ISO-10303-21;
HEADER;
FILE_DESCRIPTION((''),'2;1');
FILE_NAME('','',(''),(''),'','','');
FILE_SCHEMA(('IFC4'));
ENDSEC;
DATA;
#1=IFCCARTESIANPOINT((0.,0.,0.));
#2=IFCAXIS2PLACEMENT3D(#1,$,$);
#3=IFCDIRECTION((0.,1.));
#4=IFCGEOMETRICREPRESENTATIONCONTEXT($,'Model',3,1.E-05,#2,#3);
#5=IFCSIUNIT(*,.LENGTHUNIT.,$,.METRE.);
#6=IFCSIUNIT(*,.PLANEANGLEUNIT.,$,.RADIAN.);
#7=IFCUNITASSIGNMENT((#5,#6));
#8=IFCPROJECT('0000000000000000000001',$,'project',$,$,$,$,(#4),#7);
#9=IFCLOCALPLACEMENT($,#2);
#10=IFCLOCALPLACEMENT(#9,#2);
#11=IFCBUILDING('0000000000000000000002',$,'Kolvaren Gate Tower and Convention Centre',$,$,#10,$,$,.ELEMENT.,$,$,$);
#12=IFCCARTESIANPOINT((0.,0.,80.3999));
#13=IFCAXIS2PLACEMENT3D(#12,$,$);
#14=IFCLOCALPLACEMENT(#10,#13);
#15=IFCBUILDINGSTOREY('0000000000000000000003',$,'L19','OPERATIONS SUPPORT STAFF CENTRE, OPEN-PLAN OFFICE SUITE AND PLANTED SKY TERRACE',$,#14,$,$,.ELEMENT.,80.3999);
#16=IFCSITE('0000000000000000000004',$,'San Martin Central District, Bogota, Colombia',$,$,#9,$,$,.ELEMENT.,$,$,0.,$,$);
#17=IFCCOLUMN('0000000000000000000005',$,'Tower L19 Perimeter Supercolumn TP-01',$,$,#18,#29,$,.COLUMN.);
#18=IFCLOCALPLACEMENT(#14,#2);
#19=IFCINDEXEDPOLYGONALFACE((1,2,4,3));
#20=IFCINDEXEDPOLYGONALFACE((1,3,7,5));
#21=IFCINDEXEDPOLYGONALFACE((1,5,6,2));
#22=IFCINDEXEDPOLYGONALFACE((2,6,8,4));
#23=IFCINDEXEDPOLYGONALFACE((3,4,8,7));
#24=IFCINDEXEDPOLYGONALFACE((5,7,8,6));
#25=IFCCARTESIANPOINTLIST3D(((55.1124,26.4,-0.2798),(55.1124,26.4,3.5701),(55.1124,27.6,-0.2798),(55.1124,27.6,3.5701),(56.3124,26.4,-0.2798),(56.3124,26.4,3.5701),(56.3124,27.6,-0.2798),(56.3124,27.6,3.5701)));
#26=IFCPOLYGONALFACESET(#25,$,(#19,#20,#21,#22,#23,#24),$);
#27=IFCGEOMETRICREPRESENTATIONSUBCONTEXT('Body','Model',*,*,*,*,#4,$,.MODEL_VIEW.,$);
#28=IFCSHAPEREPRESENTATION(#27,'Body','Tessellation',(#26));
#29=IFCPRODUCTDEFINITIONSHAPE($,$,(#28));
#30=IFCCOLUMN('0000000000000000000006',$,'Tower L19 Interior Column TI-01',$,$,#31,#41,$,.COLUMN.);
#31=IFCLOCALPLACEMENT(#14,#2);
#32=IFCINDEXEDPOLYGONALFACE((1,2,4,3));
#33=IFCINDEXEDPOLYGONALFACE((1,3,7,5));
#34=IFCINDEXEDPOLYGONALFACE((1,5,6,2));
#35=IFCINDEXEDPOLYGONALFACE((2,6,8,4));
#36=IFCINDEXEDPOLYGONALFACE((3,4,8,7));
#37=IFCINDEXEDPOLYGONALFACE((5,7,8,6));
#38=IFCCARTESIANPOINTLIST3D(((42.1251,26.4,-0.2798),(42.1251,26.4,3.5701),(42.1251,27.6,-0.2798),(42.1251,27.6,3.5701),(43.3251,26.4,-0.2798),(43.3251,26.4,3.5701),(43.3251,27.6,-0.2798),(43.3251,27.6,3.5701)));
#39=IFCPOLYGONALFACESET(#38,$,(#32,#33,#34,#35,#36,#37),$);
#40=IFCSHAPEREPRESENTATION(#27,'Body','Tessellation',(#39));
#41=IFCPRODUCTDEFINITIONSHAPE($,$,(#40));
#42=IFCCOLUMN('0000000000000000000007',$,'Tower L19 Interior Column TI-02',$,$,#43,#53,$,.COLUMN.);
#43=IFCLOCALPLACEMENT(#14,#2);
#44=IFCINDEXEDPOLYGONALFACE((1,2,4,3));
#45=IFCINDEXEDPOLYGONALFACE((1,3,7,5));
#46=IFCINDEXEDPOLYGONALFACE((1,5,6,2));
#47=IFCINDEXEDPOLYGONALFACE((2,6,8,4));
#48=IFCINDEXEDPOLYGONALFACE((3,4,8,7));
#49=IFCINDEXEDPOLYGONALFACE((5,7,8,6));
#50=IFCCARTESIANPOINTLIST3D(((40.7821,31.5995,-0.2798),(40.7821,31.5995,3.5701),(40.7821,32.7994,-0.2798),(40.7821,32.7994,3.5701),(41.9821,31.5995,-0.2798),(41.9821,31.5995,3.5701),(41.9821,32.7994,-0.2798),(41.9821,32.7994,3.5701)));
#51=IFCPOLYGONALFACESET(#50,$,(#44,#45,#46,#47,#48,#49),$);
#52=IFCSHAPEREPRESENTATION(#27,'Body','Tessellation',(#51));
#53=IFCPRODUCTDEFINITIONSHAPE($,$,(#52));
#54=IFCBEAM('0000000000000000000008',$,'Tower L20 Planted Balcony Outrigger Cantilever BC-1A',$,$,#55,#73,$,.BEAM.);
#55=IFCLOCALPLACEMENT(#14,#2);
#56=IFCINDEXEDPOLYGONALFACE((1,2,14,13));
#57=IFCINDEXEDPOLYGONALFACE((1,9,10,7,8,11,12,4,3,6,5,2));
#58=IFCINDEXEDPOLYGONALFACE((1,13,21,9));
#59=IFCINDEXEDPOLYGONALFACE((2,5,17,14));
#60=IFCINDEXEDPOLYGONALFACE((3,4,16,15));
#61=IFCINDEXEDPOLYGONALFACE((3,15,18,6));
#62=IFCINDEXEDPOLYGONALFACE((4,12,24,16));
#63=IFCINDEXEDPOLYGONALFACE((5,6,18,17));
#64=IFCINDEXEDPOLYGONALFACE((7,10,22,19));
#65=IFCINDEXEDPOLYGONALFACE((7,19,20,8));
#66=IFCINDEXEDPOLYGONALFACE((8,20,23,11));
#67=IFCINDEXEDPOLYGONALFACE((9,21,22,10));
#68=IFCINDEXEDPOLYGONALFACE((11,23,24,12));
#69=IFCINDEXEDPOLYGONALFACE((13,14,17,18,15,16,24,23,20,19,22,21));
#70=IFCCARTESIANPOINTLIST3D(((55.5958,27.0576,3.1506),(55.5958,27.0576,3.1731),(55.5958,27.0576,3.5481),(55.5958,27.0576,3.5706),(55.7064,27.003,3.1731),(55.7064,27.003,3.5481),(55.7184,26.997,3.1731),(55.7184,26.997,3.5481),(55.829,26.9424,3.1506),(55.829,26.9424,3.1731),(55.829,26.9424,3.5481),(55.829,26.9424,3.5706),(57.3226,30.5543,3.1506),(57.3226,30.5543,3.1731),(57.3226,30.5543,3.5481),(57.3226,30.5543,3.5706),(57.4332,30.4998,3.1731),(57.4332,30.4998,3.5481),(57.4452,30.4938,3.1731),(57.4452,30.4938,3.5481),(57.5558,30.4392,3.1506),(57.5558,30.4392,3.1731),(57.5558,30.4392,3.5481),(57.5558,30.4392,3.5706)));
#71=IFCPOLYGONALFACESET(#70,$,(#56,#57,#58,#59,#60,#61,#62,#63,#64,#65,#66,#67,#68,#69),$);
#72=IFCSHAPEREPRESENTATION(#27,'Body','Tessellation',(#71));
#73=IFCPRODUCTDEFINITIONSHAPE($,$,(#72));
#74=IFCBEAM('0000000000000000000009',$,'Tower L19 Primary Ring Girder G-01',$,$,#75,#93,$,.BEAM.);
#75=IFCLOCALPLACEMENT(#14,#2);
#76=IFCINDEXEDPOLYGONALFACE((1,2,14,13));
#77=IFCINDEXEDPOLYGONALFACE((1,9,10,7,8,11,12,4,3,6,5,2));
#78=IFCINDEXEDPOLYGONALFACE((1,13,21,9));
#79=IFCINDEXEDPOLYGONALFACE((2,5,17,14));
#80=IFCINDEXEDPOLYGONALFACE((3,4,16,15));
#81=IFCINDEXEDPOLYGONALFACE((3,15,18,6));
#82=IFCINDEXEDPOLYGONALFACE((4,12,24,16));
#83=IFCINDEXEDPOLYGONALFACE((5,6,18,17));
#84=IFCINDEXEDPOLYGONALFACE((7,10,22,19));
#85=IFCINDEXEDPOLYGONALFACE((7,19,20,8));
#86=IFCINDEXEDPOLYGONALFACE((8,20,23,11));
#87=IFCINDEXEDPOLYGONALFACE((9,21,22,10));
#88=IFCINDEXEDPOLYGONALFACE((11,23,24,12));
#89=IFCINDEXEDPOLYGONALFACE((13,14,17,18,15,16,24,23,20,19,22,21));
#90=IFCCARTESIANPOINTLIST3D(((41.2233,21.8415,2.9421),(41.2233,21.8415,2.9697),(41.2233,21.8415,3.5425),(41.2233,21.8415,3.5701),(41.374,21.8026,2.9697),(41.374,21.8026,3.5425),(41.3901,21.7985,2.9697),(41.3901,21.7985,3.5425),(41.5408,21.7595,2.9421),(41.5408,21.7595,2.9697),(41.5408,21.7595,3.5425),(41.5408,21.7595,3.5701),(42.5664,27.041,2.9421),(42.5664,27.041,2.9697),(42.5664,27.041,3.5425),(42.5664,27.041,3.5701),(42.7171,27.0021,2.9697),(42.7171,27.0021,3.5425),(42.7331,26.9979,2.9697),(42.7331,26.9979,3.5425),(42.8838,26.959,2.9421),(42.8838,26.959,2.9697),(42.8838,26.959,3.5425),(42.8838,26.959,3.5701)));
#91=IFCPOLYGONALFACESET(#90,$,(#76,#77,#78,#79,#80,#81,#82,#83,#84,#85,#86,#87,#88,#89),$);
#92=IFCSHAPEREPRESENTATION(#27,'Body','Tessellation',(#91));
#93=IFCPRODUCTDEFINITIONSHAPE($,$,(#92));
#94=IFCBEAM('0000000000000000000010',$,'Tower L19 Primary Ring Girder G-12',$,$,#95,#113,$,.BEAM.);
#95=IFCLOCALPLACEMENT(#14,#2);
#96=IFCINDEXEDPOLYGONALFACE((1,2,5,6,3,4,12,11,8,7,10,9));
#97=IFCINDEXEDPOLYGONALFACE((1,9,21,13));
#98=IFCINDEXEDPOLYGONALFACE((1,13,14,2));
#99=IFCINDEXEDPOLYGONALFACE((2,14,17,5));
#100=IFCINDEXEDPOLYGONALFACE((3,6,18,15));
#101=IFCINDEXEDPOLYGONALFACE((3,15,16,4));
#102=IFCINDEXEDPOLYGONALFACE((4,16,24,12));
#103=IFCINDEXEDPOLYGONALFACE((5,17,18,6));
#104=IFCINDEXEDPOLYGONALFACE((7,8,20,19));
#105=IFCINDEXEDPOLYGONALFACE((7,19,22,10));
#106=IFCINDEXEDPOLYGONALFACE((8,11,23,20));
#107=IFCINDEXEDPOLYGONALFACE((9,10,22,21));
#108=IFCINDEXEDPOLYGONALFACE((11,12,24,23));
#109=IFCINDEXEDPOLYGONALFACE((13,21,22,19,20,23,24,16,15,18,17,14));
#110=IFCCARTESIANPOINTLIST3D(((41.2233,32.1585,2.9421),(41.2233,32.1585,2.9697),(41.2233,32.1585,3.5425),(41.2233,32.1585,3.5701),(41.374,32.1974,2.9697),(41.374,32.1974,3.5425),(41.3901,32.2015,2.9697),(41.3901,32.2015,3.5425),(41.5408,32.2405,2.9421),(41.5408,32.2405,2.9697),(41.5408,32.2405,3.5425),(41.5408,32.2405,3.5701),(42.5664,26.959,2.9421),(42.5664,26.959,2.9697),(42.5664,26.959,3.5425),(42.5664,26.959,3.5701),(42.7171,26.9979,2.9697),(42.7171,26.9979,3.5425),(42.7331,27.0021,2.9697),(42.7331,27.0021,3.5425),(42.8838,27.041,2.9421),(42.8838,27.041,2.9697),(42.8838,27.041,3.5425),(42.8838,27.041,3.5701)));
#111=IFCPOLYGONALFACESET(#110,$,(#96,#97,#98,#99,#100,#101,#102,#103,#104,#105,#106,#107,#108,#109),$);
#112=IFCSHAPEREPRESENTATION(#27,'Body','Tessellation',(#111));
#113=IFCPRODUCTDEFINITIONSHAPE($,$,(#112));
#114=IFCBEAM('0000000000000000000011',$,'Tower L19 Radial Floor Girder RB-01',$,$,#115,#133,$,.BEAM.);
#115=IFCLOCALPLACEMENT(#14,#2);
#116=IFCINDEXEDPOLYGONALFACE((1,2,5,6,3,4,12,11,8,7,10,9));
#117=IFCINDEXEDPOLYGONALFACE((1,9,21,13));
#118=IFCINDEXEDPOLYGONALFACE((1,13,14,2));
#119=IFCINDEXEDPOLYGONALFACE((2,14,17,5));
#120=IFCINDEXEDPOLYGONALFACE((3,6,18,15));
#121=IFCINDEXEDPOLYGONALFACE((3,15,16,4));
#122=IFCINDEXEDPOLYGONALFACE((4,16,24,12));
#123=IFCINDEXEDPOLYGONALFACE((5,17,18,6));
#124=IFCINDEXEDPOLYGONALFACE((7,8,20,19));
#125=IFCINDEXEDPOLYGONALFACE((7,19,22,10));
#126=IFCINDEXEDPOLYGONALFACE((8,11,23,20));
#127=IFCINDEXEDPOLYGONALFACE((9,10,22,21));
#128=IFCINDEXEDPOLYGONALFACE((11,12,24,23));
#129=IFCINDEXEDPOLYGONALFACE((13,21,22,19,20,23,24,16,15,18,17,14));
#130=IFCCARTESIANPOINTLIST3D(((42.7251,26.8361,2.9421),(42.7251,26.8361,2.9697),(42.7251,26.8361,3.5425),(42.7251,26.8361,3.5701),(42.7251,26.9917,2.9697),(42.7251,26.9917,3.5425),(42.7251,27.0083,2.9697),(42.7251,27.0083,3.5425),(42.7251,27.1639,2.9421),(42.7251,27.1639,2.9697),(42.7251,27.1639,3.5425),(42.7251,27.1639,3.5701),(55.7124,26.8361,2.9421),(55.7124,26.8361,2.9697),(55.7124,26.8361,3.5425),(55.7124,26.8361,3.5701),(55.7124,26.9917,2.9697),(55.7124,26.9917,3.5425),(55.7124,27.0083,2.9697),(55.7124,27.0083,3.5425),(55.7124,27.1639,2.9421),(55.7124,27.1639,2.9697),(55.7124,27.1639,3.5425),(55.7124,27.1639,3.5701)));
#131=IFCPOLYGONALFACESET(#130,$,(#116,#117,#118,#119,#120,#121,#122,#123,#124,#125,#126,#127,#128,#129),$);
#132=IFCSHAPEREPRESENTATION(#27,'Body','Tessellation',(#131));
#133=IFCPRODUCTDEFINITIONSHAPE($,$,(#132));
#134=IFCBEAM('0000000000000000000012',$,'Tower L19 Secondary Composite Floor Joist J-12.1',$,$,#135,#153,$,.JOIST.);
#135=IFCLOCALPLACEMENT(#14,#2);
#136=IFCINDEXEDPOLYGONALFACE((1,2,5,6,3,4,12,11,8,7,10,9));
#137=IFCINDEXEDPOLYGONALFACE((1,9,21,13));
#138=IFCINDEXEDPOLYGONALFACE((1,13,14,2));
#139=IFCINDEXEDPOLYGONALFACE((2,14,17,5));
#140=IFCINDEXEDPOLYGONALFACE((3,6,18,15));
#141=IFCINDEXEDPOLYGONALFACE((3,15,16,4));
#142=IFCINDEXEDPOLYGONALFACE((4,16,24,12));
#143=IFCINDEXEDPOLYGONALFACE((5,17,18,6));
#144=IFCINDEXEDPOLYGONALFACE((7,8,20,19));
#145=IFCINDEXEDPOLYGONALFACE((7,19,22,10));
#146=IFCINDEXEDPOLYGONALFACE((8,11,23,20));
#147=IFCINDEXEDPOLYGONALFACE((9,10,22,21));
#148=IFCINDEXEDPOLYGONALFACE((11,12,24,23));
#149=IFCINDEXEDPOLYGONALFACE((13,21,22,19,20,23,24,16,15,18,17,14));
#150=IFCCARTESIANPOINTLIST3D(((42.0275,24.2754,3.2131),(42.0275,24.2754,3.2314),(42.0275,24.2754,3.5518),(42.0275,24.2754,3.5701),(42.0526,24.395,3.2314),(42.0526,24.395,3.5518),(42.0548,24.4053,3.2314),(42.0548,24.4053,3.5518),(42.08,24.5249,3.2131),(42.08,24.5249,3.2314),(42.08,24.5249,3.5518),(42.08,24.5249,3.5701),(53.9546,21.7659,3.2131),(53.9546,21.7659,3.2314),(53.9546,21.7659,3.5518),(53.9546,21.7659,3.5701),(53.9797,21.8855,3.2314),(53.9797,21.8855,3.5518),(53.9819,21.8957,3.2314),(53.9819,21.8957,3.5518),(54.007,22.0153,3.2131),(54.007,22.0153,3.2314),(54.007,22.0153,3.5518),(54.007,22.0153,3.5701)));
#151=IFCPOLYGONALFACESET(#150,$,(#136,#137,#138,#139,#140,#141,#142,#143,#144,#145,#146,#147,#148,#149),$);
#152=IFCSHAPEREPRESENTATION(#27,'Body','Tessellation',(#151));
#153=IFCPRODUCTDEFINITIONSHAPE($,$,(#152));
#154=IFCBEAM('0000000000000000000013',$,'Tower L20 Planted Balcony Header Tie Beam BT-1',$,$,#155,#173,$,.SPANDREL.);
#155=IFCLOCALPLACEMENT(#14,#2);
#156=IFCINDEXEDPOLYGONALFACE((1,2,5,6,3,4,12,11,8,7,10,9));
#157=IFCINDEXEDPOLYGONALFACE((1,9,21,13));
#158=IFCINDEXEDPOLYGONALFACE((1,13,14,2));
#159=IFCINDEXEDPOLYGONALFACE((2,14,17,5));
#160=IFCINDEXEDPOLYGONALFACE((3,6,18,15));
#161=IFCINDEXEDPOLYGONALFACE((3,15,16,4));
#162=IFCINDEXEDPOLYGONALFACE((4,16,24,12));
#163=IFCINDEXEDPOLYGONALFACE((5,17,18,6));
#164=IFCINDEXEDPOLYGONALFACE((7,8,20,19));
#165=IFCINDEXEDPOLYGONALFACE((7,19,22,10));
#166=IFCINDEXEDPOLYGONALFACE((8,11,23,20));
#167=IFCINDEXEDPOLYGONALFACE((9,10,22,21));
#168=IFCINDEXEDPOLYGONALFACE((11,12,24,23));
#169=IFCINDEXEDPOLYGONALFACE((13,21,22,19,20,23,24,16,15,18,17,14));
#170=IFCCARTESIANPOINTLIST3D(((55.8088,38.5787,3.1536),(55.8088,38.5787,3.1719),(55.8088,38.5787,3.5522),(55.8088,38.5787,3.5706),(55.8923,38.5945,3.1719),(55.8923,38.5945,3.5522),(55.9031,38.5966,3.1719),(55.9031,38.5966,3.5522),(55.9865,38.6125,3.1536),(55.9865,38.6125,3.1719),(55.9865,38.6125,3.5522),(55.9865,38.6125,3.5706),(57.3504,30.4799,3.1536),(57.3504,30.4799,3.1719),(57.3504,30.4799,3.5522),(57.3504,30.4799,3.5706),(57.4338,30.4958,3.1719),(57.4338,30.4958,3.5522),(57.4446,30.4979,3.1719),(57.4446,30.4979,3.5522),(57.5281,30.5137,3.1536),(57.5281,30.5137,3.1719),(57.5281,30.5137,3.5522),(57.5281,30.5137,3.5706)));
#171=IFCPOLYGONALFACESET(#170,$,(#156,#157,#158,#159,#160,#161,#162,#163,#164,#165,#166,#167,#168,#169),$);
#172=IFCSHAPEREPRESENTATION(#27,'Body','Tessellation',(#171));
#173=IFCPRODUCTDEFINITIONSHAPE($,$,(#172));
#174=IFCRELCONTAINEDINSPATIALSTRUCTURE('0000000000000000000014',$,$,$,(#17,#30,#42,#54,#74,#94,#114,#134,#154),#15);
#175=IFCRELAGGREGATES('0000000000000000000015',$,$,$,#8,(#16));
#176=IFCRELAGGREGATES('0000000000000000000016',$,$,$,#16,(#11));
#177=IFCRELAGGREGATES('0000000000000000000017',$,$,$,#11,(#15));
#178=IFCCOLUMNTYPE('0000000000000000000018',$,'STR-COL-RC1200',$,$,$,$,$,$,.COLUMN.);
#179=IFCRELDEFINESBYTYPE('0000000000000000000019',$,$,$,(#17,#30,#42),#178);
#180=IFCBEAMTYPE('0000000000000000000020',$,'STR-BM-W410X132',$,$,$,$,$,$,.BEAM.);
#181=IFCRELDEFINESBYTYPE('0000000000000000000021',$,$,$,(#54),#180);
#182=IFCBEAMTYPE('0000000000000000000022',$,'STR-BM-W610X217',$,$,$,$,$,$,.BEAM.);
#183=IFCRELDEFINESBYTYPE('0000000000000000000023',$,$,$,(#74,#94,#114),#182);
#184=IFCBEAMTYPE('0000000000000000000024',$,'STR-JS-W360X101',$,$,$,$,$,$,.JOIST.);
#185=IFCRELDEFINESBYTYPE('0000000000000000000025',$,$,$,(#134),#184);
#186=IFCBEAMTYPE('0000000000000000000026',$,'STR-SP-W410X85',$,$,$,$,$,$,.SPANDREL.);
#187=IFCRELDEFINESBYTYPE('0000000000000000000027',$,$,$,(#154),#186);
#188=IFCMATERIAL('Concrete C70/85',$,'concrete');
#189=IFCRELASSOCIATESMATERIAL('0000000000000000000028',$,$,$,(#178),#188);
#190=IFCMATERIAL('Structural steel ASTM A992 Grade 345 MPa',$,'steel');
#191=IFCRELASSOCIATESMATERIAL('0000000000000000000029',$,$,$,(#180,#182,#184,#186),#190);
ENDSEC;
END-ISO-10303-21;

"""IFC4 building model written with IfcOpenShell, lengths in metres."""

from ifc_helpers import new_model, si_unit, direction, frame, origin, origin_2d, place, context, subcontext, project, spatial, rectangle, i_section, extrude, material, material_profile, profile_set, type_object, element, save


model = new_model("IFC4")

# Units and contexts
model_context = context("Model", 3, precision=1e-05, world=origin(), true_north=direction((0.0, 1.0)))
body_context = subcontext(model_context, "Body", "Model", "MODEL_VIEW")
ifc_project = project(units=[si_unit("LENGTHUNIT", "METRE"), si_unit("PLANEANGLEUNIT", "RADIAN")], contexts=[model_context])

# Site, building, storey
site_placement = place(None, origin())
site = spatial("IfcSite", under=ifc_project, at=site_placement, Name="San Martin Central District, Bogota, Colombia", CompositionType="ELEMENT", RefElevation=0.0)
building_placement = place(site_placement, origin())
building = spatial("IfcBuilding", under=site, at=building_placement, Name="Kolvaren Gate Tower and Convention Centre", CompositionType="ELEMENT")
storey_placement = place(building_placement, frame((0.0, 0.0, 80.3999)))
storey = spatial("IfcBuildingStorey", under=building, at=storey_placement, Name="L19", Description="OPERATIONS SUPPORT STAFF CENTRE, OPEN-PLAN OFFICE SUITE AND PLANTED SKY TERRACE", CompositionType="ELEMENT", Elevation=80.3999)

# Columns
ifc_material_1 = material(Name="Concrete C70/85", Category="concrete")
ifc_material_profile_1 = material_profile(ifc_material_1, rectangle(XDim=1.2, YDim=1.2, at=origin_2d()), Name="RC-COL-1200X1200")
ifc_profile_set_1 = profile_set([ifc_material_profile_1], Name="Concrete C70/85")
column_type = type_object("IfcColumnType", Name="STR-COL-RC1200", PredefinedType="COLUMN", material=ifc_profile_set_1)
for number, where, z_axis, x_axis, name in (
    (1, (55.7124, 27.0, -0.2798), (0.0, 0.0, 1.0), (1.0, 0.0, 0.0), "Tower L19 Perimeter Supercolumn TP-01"),
    (2, (42.7251, 27.0, -0.2798), (0.0, 0.0, 1.0), (1.0, 0.0, 0.0), "Tower L19 Interior Column TI-01"),
    (3, (41.3821, 32.1995, -0.2798), (0.0, 0.0, 1.0), (1.0, 0.0, 0.0), "Tower L19 Interior Column TI-02"),
):
    element("IfcColumn", number, at=place(storey_placement, frame(where, z_axis=z_axis, x_axis=x_axis)), inside=storey, type_object=column_type, Name=name, PredefinedType="COLUMN", context=body_context, shape_type="SweptSolid", body=[
        extrude(rectangle(XDim=1.2, YDim=1.2, at=origin_2d()), origin(), (0.0, 0.0, 1.0), 3.8499),
    ])

# Beams
ifc_material_2 = material(Name="Structural steel ASTM A992 Grade 345 MPa", Category="steel")
ifc_material_profile_2 = material_profile(ifc_material_2, i_section(OverallWidth=0.26, OverallDepth=0.4199, WebThickness=0.0134, FlangeThickness=0.0225, at=origin_2d()), Name="W410X132")
ifc_profile_set_2 = profile_set([ifc_material_profile_2], Name="Structural steel ASTM A992 Grade 345 MPa")
beam_type_1 = type_object("IfcBeamType", Name="STR-BM-W410X132", PredefinedType="BEAM", material=ifc_profile_set_2)
beam_1_placement = place(storey_placement, frame((55.7124, 27.0, 3.3606), z_axis=(0.442776, 0.896632, 0.0), x_axis=(-0.896632, 0.442776, 0.0)))
element("IfcBeam", 4, at=beam_1_placement, inside=storey, type_object=beam_type_1, Name="Tower L20 Planted Balcony Outrigger Cantilever BC-1A", PredefinedType="BEAM", context=body_context, shape_type="SweptSolid", body=[
    extrude(i_section(OverallWidth=0.26, OverallDepth=0.4199, WebThickness=0.0134, FlangeThickness=0.0225, at=origin_2d()), origin(), (0.0, 0.0, 1.0), 3.8999),
])
ifc_material_profile_3 = material_profile(ifc_material_2, i_section(OverallWidth=0.3279, OverallDepth=0.6279, WebThickness=0.0166, FlangeThickness=0.0276, at=origin_2d()), Name="W610X217")
ifc_profile_set_3 = profile_set([ifc_material_profile_3], Name="Structural steel ASTM A992 Grade 345 MPa")
beam_type_2 = type_object("IfcBeamType", Name="STR-BM-W610X217", PredefinedType="BEAM", material=ifc_profile_set_3)
for number, where, z_axis, x_axis, name in (
    (5, (42.7251, 27.0, 3.2561), (-0.250091, -0.968222, 0.0), (0.968222, -0.250091, 0.0), "Tower L19 Primary Ring Girder G-01"),
    (6, (42.7251, 27.0, 3.2561), (-0.250091, 0.968222, 0.0), (-0.968222, -0.250091, 0.0), "Tower L19 Primary Ring Girder G-12"),
):
    element("IfcBeam", number, at=place(storey_placement, frame(where, z_axis=z_axis, x_axis=x_axis)), inside=storey, type_object=beam_type_2, Name=name, PredefinedType="BEAM", context=body_context, shape_type="SweptSolid", body=[
        extrude(i_section(OverallWidth=0.3279, OverallDepth=0.6279, WebThickness=0.0166, FlangeThickness=0.0276, at=origin_2d()), origin(), (0.0, 0.0, 1.0), 5.3701),
    ])
beam_2_placement = place(storey_placement, frame((42.7251, 27.0, 3.2561), z_axis=(1.0, 0.0, 0.0), x_axis=(0.0, 1.0, 0.0)))
element("IfcBeam", 7, at=beam_2_placement, inside=storey, type_object=beam_type_2, Name="Tower L19 Radial Floor Girder RB-01", PredefinedType="BEAM", context=body_context, shape_type="SweptSolid", body=[
    extrude(i_section(OverallWidth=0.3279, OverallDepth=0.6279, WebThickness=0.0166, FlangeThickness=0.0276, at=origin_2d()), origin(), (0.0, 0.0, 1.0), 12.9873),
])
ifc_material_profile_4 = material_profile(ifc_material_2, i_section(OverallWidth=0.2549, OverallDepth=0.3569, WebThickness=0.0105, FlangeThickness=0.0183, at=origin_2d()), Name="W360X101")
ifc_profile_set_4 = profile_set([ifc_material_profile_4], Name="Structural steel ASTM A992 Grade 345 MPa")
beam_type_3 = type_object("IfcBeamType", Name="STR-JS-W360X101", PredefinedType="JOIST", material=ifc_profile_set_4)
beam_3_placement = place(storey_placement, frame((42.0537, 24.4001, 3.3916), z_axis=(0.978573, -0.205898, 0.0), x_axis=(0.205898, 0.978573, 0.0)))
element("IfcBeam", 8, at=beam_3_placement, inside=storey, type_object=beam_type_3, Name="Tower L19 Secondary Composite Floor Joist J-12.1", PredefinedType="JOIST", context=body_context, shape_type="SweptSolid", body=[
    extrude(i_section(OverallWidth=0.2549, OverallDepth=0.3569, WebThickness=0.0105, FlangeThickness=0.0183, at=origin_2d()), origin(), (0.0, 0.0, 1.0), 12.1882),
])
ifc_material_profile_5 = material_profile(ifc_material_2, i_section(OverallWidth=0.1809, OverallDepth=0.417, WebThickness=0.011, FlangeThickness=0.0183, at=origin_2d()), Name="W410X85")
ifc_profile_set_5 = profile_set([ifc_material_profile_5], Name="Structural steel ASTM A992 Grade 345 MPa")
beam_type_4 = type_object("IfcBeamType", Name="STR-SP-W410X85", PredefinedType="SPANDREL", material=ifc_profile_set_5)
beam_4_placement = place(storey_placement, frame((57.4392, 30.4968, 3.3621), z_axis=(-0.186984, 0.982363, 0.0), x_axis=(-0.982363, -0.186984, 0.0)))
element("IfcBeam", 9, at=beam_4_placement, inside=storey, type_object=beam_type_4, Name="Tower L20 Planted Balcony Header Tie Beam BT-1", PredefinedType="SPANDREL", context=body_context, shape_type="SweptSolid", body=[
    extrude(i_section(OverallWidth=0.1809, OverallDepth=0.417, WebThickness=0.011, FlangeThickness=0.0183, at=origin_2d()), origin(), (0.0, 0.0, 1.0), 8.2441),
])

save(model, "model.ifc")
